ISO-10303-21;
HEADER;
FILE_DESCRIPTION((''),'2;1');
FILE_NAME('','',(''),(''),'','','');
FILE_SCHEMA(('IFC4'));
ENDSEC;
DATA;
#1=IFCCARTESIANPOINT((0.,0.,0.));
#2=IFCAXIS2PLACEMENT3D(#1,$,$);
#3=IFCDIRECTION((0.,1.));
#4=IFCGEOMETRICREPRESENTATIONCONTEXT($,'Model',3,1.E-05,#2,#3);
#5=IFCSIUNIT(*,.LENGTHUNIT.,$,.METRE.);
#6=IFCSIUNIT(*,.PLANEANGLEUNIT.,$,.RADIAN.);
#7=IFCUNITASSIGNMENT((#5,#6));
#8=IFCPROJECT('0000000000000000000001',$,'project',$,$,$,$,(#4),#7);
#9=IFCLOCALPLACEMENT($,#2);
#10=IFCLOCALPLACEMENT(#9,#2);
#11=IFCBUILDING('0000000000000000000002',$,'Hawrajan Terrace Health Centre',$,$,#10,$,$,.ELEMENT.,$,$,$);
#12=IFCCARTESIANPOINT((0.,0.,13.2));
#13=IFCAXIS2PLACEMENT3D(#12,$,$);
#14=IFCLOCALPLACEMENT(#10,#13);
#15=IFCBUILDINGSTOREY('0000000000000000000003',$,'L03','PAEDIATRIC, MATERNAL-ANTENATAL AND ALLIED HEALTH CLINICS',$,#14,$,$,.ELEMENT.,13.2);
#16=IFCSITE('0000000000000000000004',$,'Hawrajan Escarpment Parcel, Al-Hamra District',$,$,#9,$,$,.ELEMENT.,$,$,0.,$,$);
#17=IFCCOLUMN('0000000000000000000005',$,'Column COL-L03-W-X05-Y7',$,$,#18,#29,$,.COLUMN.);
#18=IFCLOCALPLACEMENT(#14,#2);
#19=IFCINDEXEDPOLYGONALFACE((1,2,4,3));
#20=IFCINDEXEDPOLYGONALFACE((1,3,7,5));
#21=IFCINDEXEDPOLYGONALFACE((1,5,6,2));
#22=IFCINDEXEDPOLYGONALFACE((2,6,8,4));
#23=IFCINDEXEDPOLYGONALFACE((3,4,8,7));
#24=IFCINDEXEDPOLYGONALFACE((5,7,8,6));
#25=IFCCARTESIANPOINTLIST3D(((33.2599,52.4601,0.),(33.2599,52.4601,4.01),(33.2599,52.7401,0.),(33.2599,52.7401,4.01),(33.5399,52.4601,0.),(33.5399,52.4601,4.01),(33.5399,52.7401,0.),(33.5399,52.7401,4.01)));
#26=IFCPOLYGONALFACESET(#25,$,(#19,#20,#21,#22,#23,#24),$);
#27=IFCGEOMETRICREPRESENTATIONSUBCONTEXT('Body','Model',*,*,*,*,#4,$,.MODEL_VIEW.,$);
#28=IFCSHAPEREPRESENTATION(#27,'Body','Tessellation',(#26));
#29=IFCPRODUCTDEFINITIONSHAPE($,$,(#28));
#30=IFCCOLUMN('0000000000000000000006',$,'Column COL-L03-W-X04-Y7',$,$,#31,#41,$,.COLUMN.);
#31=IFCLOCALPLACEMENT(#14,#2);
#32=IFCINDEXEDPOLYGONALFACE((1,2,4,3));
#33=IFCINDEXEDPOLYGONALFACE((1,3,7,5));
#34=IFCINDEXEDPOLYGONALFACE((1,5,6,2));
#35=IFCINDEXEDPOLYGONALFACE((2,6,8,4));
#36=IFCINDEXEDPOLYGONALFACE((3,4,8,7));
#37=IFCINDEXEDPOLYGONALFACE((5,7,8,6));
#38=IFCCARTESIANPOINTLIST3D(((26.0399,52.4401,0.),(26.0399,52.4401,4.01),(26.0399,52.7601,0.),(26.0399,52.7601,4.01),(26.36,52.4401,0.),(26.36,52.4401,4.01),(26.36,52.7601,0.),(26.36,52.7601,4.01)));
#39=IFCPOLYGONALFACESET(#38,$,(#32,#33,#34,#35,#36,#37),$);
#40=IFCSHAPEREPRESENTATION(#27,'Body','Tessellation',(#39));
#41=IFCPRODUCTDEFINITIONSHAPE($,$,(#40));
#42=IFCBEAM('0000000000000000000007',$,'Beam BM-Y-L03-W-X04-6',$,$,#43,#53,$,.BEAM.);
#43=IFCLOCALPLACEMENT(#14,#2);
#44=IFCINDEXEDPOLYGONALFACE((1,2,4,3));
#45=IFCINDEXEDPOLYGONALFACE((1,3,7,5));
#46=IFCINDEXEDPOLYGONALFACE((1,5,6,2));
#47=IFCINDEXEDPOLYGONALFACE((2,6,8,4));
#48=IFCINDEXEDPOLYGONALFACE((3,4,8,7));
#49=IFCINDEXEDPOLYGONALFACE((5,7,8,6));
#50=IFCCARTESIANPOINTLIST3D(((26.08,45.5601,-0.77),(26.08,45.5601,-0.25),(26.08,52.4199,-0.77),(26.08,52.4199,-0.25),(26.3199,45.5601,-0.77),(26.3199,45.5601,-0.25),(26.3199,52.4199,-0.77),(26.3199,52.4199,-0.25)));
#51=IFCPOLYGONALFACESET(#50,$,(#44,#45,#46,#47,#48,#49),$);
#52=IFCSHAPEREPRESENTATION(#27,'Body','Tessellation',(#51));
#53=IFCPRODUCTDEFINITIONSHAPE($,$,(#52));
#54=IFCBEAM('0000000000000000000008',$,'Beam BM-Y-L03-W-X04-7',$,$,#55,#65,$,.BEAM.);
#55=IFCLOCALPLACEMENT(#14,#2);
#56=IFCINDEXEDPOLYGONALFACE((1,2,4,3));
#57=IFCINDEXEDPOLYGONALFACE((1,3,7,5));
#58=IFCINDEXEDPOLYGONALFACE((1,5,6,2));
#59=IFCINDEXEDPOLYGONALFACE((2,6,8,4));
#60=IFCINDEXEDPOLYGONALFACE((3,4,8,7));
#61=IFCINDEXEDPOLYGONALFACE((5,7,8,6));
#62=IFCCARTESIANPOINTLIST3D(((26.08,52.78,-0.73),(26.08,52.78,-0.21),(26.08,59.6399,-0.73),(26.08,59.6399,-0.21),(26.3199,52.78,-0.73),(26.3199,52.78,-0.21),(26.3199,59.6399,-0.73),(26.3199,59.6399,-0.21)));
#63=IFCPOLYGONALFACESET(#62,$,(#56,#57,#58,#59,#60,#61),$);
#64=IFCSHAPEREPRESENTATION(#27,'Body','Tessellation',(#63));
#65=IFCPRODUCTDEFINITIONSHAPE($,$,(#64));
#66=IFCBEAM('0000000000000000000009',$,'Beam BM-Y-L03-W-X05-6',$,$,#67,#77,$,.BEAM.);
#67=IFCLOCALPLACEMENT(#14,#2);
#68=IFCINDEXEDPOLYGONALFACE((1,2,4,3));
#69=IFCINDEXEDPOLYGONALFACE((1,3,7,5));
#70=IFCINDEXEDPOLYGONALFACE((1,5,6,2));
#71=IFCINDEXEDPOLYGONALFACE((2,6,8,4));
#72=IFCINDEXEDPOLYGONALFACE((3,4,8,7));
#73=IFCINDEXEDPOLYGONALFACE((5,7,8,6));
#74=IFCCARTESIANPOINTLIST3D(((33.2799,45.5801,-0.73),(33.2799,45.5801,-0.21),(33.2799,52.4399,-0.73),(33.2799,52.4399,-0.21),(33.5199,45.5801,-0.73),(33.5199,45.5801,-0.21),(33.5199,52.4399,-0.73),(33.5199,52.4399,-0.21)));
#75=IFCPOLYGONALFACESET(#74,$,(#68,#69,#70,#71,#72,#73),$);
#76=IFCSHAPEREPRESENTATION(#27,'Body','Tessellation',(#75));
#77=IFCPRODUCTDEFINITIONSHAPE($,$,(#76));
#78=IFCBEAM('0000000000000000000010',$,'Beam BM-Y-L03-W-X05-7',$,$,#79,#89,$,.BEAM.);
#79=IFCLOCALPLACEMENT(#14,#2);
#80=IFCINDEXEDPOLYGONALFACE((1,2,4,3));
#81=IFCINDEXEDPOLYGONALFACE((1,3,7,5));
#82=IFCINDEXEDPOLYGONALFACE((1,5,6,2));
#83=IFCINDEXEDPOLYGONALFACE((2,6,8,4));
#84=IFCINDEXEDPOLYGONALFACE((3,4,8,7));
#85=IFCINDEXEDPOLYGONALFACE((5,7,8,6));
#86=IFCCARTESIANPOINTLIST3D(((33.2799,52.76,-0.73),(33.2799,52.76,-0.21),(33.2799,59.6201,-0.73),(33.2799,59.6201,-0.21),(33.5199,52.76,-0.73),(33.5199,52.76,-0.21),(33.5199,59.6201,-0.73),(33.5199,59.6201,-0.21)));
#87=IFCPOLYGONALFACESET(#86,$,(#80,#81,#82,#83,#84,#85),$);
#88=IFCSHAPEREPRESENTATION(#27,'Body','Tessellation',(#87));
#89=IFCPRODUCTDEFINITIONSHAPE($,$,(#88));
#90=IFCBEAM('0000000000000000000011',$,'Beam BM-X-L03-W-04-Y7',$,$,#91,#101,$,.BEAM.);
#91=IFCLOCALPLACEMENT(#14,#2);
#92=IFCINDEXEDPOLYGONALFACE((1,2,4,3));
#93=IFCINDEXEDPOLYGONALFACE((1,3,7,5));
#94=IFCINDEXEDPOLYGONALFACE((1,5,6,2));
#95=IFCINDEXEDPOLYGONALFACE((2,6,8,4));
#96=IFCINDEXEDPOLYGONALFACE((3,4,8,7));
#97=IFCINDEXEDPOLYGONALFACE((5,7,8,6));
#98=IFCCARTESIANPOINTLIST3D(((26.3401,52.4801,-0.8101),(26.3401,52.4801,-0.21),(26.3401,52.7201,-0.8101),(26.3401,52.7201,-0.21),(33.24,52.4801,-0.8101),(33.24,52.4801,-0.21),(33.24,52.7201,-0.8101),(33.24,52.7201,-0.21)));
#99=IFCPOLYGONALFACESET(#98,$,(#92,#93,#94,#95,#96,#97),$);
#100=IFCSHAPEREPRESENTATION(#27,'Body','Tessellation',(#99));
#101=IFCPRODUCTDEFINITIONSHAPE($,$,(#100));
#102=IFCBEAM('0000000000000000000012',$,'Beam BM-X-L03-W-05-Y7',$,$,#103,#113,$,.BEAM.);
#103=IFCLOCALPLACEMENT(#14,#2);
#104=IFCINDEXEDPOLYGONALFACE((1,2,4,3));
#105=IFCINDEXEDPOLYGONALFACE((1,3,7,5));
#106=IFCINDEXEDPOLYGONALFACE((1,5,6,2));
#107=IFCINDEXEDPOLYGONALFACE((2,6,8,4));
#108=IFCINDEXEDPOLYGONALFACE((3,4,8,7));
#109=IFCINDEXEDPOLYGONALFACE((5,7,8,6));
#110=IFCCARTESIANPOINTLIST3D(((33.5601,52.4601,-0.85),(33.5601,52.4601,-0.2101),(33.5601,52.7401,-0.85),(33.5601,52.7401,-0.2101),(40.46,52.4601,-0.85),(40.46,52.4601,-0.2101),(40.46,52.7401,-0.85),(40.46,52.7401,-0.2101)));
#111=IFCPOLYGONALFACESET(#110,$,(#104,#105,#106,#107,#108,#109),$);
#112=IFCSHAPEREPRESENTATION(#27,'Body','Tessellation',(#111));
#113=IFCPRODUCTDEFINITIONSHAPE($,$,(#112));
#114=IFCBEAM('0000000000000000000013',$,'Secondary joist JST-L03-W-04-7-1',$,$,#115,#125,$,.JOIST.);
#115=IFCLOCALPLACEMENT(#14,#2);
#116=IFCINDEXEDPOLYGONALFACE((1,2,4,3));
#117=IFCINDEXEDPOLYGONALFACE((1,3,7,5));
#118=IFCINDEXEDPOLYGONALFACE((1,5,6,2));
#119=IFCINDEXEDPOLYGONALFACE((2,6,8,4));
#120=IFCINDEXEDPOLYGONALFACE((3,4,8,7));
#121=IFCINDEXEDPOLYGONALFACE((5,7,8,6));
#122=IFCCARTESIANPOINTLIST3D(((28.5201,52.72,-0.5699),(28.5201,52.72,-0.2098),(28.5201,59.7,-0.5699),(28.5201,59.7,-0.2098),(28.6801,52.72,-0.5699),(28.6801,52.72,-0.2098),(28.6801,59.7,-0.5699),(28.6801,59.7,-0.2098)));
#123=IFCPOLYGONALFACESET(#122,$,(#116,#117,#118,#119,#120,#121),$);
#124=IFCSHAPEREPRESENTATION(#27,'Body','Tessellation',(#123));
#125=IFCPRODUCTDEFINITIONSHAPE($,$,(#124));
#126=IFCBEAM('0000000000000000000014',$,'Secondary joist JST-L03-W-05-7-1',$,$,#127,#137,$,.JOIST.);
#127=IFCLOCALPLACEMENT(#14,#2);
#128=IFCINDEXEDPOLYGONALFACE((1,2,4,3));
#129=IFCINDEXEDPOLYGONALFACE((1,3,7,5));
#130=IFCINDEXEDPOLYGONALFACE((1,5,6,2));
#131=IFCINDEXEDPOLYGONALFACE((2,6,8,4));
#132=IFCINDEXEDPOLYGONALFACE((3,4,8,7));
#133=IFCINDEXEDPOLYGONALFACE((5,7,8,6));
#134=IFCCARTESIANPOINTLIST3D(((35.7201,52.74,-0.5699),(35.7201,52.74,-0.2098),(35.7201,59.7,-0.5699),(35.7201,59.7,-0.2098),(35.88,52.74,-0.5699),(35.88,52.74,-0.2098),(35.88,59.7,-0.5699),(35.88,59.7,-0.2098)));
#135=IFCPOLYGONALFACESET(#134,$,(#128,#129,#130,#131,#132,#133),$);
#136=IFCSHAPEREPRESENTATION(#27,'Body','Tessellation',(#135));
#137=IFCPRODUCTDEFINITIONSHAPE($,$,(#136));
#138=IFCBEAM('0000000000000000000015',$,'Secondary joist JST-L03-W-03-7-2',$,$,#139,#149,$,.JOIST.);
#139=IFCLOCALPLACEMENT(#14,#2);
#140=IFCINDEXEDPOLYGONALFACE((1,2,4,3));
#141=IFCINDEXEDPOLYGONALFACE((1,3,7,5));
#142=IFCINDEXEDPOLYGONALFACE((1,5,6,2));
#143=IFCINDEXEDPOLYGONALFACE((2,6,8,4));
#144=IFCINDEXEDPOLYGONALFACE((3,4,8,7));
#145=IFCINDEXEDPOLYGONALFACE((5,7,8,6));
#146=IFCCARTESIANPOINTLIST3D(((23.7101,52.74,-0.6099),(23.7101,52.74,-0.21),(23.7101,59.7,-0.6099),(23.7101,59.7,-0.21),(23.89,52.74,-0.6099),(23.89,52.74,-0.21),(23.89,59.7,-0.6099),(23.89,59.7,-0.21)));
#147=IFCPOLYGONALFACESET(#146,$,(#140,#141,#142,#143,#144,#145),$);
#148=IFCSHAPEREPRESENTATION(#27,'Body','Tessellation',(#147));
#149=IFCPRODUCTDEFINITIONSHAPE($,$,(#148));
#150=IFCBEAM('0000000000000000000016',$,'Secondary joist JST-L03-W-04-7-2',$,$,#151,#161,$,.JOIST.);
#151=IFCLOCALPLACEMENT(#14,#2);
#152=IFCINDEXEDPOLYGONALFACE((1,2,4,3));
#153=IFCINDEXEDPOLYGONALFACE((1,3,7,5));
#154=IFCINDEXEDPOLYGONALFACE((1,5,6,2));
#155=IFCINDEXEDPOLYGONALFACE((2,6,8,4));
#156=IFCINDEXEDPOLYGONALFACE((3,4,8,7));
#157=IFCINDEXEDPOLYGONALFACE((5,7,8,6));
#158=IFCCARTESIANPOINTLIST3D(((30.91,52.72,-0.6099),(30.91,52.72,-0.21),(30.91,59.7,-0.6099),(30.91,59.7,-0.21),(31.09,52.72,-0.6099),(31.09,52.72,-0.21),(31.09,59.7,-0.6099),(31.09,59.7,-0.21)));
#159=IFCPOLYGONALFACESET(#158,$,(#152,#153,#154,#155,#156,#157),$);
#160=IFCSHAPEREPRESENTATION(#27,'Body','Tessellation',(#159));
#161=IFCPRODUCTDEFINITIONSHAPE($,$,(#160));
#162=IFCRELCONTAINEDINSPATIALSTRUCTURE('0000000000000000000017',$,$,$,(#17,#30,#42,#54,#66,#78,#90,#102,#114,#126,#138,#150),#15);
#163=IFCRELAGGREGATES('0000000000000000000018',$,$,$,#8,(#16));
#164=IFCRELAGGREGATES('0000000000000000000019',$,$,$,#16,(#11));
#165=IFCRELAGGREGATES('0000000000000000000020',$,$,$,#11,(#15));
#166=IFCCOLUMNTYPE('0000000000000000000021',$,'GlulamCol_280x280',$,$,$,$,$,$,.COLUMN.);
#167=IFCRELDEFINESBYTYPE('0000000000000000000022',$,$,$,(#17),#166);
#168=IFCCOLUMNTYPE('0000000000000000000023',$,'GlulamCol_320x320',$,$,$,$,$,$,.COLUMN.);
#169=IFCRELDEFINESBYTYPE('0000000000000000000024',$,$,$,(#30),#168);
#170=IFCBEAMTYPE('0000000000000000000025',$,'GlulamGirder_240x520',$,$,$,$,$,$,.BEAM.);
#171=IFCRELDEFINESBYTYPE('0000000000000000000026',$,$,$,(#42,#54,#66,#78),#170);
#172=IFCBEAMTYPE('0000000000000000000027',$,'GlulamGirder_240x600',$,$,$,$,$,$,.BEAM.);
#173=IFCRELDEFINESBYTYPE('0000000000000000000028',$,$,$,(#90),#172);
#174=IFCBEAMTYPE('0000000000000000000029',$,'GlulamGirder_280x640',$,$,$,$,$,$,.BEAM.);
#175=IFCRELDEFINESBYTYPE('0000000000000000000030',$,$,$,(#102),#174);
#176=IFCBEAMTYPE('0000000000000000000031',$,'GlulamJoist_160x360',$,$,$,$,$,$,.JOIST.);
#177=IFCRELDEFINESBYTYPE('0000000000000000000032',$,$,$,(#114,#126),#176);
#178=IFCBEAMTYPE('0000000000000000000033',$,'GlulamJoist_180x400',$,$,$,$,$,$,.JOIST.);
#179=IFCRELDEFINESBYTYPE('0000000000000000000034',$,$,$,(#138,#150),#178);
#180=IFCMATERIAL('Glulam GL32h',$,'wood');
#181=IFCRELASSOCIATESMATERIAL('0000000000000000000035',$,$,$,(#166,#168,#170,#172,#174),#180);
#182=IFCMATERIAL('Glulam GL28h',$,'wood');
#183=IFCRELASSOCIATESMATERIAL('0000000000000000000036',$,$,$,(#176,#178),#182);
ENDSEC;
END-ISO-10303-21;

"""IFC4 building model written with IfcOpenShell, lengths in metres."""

from ifc_helpers import new_model, si_unit, direction, frame, origin, origin_2d, place, context, subcontext, project, spatial, rectangle, extrude, material, material_profile, profile_set, type_object, element, save


model = new_model("IFC4")

# Units and contexts
model_context = context("Model", 3, precision=1e-05, world=origin(), true_north=direction((0.0, 1.0)))
body_context = subcontext(model_context, "Body", "Model", "MODEL_VIEW")
ifc_project = project(units=[si_unit("LENGTHUNIT", "METRE"), si_unit("PLANEANGLEUNIT", "RADIAN")], contexts=[model_context])

# Site, building, storey
site_placement = place(None, origin())
site = spatial("IfcSite", under=ifc_project, at=site_placement, Name="Hawrajan Escarpment Parcel, Al-Hamra District", CompositionType="ELEMENT", RefElevation=0.0)
building_placement = place(site_placement, origin())
building = spatial("IfcBuilding", under=site, at=building_placement, Name="Hawrajan Terrace Health Centre", CompositionType="ELEMENT")
storey_placement = place(building_placement, frame((0.0, 0.0, 13.2)))
storey = spatial("IfcBuildingStorey", under=building, at=storey_placement, Name="L03", Description="PAEDIATRIC, MATERNAL-ANTENATAL AND ALLIED HEALTH CLINICS", CompositionType="ELEMENT", Elevation=13.2)

# Columns
ifc_material_1 = material(Name="Glulam GL32h", Category="wood")
ifc_material_profile_1 = material_profile(ifc_material_1, rectangle(XDim=0.28, YDim=0.28, at=origin_2d()), Name="GL 280x280")
ifc_profile_set_1 = profile_set([ifc_material_profile_1], Name="Glulam GL32h")
column_type_1 = type_object("IfcColumnType", Name="GlulamCol_280x280", PredefinedType="COLUMN", material=ifc_profile_set_1)
column_1_placement = place(storey_placement, frame((33.3999, 52.6001, 0.0), z_axis=(0.0, 0.0, 1.0), x_axis=(1.0, 0.0, 0.0)))
element("IfcColumn", 1, at=column_1_placement, inside=storey, type_object=column_type_1, Name="Column COL-L03-W-X05-Y7", PredefinedType="COLUMN", context=body_context, shape_type="SweptSolid", body=[
    extrude(rectangle(XDim=0.28, YDim=0.28, at=origin_2d()), origin(), (0.0, 0.0, 1.0), 4.01),
])
ifc_material_profile_2 = material_profile(ifc_material_1, rectangle(XDim=0.3201, YDim=0.3201, at=origin_2d()), Name="GL 320x320")
ifc_profile_set_2 = profile_set([ifc_material_profile_2], Name="Glulam GL32h")
column_type_2 = type_object("IfcColumnType", Name="GlulamCol_320x320", PredefinedType="COLUMN", material=ifc_profile_set_2)
column_2_placement = place(storey_placement, frame((26.2, 52.6001, 0.0), z_axis=(0.0, 0.0, 1.0), x_axis=(1.0, 0.0, 0.0)))
element("IfcColumn", 2, at=column_2_placement, inside=storey, type_object=column_type_2, Name="Column COL-L03-W-X04-Y7", PredefinedType="COLUMN", context=body_context, shape_type="SweptSolid", body=[
    extrude(rectangle(XDim=0.3201, YDim=0.3201, at=origin_2d()), origin(), (0.0, 0.0, 1.0), 4.01),
])

# Beams
ifc_material_profile_3 = material_profile(ifc_material_1, rectangle(XDim=0.24, YDim=0.52, at=origin_2d()), Name="GL BM 240x520")
ifc_profile_set_3 = profile_set([ifc_material_profile_3], Name="Glulam GL32h")
beam_type_1 = type_object("IfcBeamType", Name="GlulamGirder_240x520", PredefinedType="BEAM", material=ifc_profile_set_3)
for number, where, z_axis, x_axis, name in (
    (3, (26.2, 45.5601, -0.51), (0.0, 1.0, 0.0), (-1.0, 0.0, 0.0), "Beam BM-Y-L03-W-X04-6"),
    (4, (26.2, 52.78, -0.47), (0.0, 1.0, 0.0), (-1.0, 0.0, 0.0), "Beam BM-Y-L03-W-X04-7"),
    (5, (33.3999, 45.5801, -0.47), (0.0, 1.0, 0.0), (-1.0, 0.0, 0.0), "Beam BM-Y-L03-W-X05-6"),
):
    element("IfcBeam", number, at=place(storey_placement, frame(where, z_axis=z_axis, x_axis=x_axis)), inside=storey, type_object=beam_type_1, Name=name, PredefinedType="BEAM", context=body_context, shape_type="SweptSolid", body=[
        extrude(rectangle(XDim=0.24, YDim=0.52, at=origin_2d()), origin(), (0.0, 0.0, 1.0), 6.8599),
    ])
beam_1_placement = place(storey_placement, frame((33.3999, 52.76, -0.47), z_axis=(0.0, 1.0, 0.0), x_axis=(-1.0, 0.0, 0.0)))
element("IfcBeam", 6, at=beam_1_placement, inside=storey, type_object=beam_type_1, Name="Beam BM-Y-L03-W-X05-7", PredefinedType="BEAM", context=body_context, shape_type="SweptSolid", body=[
    extrude(rectangle(XDim=0.24, YDim=0.52, at=origin_2d()), origin(), (0.0, 0.0, 1.0), 6.8601),
])
ifc_material_profile_4 = material_profile(ifc_material_1, rectangle(XDim=0.24, YDim=0.6001, at=origin_2d()), Name="GL BM 240x600")
ifc_profile_set_4 = profile_set([ifc_material_profile_4], Name="Glulam GL32h")
beam_type_2 = type_object("IfcBeamType", Name="GlulamGirder_240x600", PredefinedType="BEAM", material=ifc_profile_set_4)
beam_2_placement = place(storey_placement, frame((26.3401, 52.6001, -0.51), z_axis=(1.0, 0.0, 0.0), x_axis=(0.0, 1.0, 0.0)))
element("IfcBeam", 7, at=beam_2_placement, inside=storey, type_object=beam_type_2, Name="Beam BM-X-L03-W-04-Y7", PredefinedType="BEAM", context=body_context, shape_type="SweptSolid", body=[
    extrude(rectangle(XDim=0.24, YDim=0.6001, at=origin_2d()), origin(), (0.0, 0.0, 1.0), 6.8999),
])
ifc_material_profile_5 = material_profile(ifc_material_1, rectangle(XDim=0.28, YDim=0.6399, at=origin_2d()), Name="GL BM 280x640")
ifc_profile_set_5 = profile_set([ifc_material_profile_5], Name="Glulam GL32h")
beam_type_3 = type_object("IfcBeamType", Name="GlulamGirder_280x640", PredefinedType="BEAM", material=ifc_profile_set_5)
beam_3_placement = place(storey_placement, frame((33.5601, 52.6001, -0.53), z_axis=(1.0, 0.0, 0.0), x_axis=(0.0, 1.0, 0.0)))
element("IfcBeam", 8, at=beam_3_placement, inside=storey, type_object=beam_type_3, Name="Beam BM-X-L03-W-05-Y7", PredefinedType="BEAM", context=body_context, shape_type="SweptSolid", body=[
    extrude(rectangle(XDim=0.28, YDim=0.6399, at=origin_2d()), origin(), (0.0, 0.0, 1.0), 6.8999),
])
ifc_material_2 = material(Name="Glulam GL28h", Category="wood")
ifc_material_profile_6 = material_profile(ifc_material_2, rectangle(XDim=0.1599, YDim=0.3601, at=origin_2d()), Name="GL JST 160x360")
ifc_profile_set_6 = profile_set([ifc_material_profile_6], Name="Glulam GL28h")
beam_type_4 = type_object("IfcBeamType", Name="GlulamJoist_160x360", PredefinedType="JOIST", material=ifc_profile_set_6)
beam_4_placement = place(storey_placement, frame((28.6001, 52.72, -0.3899), z_axis=(0.0, 1.0, 0.0), x_axis=(-1.0, 0.0, 0.0)))
element("IfcBeam", 9, at=beam_4_placement, inside=storey, type_object=beam_type_4, Name="Secondary joist JST-L03-W-04-7-1", PredefinedType="JOIST", context=body_context, shape_type="SweptSolid", body=[
    extrude(rectangle(XDim=0.1599, YDim=0.3601, at=origin_2d()), origin(), (0.0, 0.0, 1.0), 6.98),
])
beam_5_placement = place(storey_placement, frame((35.8, 52.74, -0.3899), z_axis=(0.0, 1.0, 0.0), x_axis=(-1.0, 0.0, 0.0)))
element("IfcBeam", 10, at=beam_5_placement, inside=storey, type_object=beam_type_4, Name="Secondary joist JST-L03-W-05-7-1", PredefinedType="JOIST", context=body_context, shape_type="SweptSolid", body=[
    extrude(rectangle(XDim=0.1599, YDim=0.3601, at=origin_2d()), origin(), (0.0, 0.0, 1.0), 6.96),
])
ifc_material_profile_7 = material_profile(ifc_material_2, rectangle(XDim=0.1799, YDim=0.3999, at=origin_2d()), Name="GL JST 180x400")
ifc_profile_set_7 = profile_set([ifc_material_profile_7], Name="Glulam GL28h")
beam_type_5 = type_object("IfcBeamType", Name="GlulamJoist_180x400", PredefinedType="JOIST", material=ifc_profile_set_7)
beam_6_placement = place(storey_placement, frame((23.8, 52.74, -0.4099), z_axis=(0.0, 1.0, 0.0), x_axis=(-1.0, 0.0, 0.0)))
element("IfcBeam", 11, at=beam_6_placement, inside=storey, type_object=beam_type_5, Name="Secondary joist JST-L03-W-03-7-2", PredefinedType="JOIST", context=body_context, shape_type="SweptSolid", body=[
    extrude(rectangle(XDim=0.1799, YDim=0.3999, at=origin_2d()), origin(), (0.0, 0.0, 1.0), 6.96),
])
beam_7_placement = place(storey_placement, frame((31.0, 52.72, -0.4099), z_axis=(0.0, 1.0, 0.0), x_axis=(-1.0, 0.0, 0.0)))
element("IfcBeam", 12, at=beam_7_placement, inside=storey, type_object=beam_type_5, Name="Secondary joist JST-L03-W-04-7-2", PredefinedType="JOIST", context=body_context, shape_type="SweptSolid", body=[
    extrude(rectangle(XDim=0.1799, YDim=0.3999, at=origin_2d()), origin(), (0.0, 0.0, 1.0), 6.98),
])

save(model, "model.ifc")
